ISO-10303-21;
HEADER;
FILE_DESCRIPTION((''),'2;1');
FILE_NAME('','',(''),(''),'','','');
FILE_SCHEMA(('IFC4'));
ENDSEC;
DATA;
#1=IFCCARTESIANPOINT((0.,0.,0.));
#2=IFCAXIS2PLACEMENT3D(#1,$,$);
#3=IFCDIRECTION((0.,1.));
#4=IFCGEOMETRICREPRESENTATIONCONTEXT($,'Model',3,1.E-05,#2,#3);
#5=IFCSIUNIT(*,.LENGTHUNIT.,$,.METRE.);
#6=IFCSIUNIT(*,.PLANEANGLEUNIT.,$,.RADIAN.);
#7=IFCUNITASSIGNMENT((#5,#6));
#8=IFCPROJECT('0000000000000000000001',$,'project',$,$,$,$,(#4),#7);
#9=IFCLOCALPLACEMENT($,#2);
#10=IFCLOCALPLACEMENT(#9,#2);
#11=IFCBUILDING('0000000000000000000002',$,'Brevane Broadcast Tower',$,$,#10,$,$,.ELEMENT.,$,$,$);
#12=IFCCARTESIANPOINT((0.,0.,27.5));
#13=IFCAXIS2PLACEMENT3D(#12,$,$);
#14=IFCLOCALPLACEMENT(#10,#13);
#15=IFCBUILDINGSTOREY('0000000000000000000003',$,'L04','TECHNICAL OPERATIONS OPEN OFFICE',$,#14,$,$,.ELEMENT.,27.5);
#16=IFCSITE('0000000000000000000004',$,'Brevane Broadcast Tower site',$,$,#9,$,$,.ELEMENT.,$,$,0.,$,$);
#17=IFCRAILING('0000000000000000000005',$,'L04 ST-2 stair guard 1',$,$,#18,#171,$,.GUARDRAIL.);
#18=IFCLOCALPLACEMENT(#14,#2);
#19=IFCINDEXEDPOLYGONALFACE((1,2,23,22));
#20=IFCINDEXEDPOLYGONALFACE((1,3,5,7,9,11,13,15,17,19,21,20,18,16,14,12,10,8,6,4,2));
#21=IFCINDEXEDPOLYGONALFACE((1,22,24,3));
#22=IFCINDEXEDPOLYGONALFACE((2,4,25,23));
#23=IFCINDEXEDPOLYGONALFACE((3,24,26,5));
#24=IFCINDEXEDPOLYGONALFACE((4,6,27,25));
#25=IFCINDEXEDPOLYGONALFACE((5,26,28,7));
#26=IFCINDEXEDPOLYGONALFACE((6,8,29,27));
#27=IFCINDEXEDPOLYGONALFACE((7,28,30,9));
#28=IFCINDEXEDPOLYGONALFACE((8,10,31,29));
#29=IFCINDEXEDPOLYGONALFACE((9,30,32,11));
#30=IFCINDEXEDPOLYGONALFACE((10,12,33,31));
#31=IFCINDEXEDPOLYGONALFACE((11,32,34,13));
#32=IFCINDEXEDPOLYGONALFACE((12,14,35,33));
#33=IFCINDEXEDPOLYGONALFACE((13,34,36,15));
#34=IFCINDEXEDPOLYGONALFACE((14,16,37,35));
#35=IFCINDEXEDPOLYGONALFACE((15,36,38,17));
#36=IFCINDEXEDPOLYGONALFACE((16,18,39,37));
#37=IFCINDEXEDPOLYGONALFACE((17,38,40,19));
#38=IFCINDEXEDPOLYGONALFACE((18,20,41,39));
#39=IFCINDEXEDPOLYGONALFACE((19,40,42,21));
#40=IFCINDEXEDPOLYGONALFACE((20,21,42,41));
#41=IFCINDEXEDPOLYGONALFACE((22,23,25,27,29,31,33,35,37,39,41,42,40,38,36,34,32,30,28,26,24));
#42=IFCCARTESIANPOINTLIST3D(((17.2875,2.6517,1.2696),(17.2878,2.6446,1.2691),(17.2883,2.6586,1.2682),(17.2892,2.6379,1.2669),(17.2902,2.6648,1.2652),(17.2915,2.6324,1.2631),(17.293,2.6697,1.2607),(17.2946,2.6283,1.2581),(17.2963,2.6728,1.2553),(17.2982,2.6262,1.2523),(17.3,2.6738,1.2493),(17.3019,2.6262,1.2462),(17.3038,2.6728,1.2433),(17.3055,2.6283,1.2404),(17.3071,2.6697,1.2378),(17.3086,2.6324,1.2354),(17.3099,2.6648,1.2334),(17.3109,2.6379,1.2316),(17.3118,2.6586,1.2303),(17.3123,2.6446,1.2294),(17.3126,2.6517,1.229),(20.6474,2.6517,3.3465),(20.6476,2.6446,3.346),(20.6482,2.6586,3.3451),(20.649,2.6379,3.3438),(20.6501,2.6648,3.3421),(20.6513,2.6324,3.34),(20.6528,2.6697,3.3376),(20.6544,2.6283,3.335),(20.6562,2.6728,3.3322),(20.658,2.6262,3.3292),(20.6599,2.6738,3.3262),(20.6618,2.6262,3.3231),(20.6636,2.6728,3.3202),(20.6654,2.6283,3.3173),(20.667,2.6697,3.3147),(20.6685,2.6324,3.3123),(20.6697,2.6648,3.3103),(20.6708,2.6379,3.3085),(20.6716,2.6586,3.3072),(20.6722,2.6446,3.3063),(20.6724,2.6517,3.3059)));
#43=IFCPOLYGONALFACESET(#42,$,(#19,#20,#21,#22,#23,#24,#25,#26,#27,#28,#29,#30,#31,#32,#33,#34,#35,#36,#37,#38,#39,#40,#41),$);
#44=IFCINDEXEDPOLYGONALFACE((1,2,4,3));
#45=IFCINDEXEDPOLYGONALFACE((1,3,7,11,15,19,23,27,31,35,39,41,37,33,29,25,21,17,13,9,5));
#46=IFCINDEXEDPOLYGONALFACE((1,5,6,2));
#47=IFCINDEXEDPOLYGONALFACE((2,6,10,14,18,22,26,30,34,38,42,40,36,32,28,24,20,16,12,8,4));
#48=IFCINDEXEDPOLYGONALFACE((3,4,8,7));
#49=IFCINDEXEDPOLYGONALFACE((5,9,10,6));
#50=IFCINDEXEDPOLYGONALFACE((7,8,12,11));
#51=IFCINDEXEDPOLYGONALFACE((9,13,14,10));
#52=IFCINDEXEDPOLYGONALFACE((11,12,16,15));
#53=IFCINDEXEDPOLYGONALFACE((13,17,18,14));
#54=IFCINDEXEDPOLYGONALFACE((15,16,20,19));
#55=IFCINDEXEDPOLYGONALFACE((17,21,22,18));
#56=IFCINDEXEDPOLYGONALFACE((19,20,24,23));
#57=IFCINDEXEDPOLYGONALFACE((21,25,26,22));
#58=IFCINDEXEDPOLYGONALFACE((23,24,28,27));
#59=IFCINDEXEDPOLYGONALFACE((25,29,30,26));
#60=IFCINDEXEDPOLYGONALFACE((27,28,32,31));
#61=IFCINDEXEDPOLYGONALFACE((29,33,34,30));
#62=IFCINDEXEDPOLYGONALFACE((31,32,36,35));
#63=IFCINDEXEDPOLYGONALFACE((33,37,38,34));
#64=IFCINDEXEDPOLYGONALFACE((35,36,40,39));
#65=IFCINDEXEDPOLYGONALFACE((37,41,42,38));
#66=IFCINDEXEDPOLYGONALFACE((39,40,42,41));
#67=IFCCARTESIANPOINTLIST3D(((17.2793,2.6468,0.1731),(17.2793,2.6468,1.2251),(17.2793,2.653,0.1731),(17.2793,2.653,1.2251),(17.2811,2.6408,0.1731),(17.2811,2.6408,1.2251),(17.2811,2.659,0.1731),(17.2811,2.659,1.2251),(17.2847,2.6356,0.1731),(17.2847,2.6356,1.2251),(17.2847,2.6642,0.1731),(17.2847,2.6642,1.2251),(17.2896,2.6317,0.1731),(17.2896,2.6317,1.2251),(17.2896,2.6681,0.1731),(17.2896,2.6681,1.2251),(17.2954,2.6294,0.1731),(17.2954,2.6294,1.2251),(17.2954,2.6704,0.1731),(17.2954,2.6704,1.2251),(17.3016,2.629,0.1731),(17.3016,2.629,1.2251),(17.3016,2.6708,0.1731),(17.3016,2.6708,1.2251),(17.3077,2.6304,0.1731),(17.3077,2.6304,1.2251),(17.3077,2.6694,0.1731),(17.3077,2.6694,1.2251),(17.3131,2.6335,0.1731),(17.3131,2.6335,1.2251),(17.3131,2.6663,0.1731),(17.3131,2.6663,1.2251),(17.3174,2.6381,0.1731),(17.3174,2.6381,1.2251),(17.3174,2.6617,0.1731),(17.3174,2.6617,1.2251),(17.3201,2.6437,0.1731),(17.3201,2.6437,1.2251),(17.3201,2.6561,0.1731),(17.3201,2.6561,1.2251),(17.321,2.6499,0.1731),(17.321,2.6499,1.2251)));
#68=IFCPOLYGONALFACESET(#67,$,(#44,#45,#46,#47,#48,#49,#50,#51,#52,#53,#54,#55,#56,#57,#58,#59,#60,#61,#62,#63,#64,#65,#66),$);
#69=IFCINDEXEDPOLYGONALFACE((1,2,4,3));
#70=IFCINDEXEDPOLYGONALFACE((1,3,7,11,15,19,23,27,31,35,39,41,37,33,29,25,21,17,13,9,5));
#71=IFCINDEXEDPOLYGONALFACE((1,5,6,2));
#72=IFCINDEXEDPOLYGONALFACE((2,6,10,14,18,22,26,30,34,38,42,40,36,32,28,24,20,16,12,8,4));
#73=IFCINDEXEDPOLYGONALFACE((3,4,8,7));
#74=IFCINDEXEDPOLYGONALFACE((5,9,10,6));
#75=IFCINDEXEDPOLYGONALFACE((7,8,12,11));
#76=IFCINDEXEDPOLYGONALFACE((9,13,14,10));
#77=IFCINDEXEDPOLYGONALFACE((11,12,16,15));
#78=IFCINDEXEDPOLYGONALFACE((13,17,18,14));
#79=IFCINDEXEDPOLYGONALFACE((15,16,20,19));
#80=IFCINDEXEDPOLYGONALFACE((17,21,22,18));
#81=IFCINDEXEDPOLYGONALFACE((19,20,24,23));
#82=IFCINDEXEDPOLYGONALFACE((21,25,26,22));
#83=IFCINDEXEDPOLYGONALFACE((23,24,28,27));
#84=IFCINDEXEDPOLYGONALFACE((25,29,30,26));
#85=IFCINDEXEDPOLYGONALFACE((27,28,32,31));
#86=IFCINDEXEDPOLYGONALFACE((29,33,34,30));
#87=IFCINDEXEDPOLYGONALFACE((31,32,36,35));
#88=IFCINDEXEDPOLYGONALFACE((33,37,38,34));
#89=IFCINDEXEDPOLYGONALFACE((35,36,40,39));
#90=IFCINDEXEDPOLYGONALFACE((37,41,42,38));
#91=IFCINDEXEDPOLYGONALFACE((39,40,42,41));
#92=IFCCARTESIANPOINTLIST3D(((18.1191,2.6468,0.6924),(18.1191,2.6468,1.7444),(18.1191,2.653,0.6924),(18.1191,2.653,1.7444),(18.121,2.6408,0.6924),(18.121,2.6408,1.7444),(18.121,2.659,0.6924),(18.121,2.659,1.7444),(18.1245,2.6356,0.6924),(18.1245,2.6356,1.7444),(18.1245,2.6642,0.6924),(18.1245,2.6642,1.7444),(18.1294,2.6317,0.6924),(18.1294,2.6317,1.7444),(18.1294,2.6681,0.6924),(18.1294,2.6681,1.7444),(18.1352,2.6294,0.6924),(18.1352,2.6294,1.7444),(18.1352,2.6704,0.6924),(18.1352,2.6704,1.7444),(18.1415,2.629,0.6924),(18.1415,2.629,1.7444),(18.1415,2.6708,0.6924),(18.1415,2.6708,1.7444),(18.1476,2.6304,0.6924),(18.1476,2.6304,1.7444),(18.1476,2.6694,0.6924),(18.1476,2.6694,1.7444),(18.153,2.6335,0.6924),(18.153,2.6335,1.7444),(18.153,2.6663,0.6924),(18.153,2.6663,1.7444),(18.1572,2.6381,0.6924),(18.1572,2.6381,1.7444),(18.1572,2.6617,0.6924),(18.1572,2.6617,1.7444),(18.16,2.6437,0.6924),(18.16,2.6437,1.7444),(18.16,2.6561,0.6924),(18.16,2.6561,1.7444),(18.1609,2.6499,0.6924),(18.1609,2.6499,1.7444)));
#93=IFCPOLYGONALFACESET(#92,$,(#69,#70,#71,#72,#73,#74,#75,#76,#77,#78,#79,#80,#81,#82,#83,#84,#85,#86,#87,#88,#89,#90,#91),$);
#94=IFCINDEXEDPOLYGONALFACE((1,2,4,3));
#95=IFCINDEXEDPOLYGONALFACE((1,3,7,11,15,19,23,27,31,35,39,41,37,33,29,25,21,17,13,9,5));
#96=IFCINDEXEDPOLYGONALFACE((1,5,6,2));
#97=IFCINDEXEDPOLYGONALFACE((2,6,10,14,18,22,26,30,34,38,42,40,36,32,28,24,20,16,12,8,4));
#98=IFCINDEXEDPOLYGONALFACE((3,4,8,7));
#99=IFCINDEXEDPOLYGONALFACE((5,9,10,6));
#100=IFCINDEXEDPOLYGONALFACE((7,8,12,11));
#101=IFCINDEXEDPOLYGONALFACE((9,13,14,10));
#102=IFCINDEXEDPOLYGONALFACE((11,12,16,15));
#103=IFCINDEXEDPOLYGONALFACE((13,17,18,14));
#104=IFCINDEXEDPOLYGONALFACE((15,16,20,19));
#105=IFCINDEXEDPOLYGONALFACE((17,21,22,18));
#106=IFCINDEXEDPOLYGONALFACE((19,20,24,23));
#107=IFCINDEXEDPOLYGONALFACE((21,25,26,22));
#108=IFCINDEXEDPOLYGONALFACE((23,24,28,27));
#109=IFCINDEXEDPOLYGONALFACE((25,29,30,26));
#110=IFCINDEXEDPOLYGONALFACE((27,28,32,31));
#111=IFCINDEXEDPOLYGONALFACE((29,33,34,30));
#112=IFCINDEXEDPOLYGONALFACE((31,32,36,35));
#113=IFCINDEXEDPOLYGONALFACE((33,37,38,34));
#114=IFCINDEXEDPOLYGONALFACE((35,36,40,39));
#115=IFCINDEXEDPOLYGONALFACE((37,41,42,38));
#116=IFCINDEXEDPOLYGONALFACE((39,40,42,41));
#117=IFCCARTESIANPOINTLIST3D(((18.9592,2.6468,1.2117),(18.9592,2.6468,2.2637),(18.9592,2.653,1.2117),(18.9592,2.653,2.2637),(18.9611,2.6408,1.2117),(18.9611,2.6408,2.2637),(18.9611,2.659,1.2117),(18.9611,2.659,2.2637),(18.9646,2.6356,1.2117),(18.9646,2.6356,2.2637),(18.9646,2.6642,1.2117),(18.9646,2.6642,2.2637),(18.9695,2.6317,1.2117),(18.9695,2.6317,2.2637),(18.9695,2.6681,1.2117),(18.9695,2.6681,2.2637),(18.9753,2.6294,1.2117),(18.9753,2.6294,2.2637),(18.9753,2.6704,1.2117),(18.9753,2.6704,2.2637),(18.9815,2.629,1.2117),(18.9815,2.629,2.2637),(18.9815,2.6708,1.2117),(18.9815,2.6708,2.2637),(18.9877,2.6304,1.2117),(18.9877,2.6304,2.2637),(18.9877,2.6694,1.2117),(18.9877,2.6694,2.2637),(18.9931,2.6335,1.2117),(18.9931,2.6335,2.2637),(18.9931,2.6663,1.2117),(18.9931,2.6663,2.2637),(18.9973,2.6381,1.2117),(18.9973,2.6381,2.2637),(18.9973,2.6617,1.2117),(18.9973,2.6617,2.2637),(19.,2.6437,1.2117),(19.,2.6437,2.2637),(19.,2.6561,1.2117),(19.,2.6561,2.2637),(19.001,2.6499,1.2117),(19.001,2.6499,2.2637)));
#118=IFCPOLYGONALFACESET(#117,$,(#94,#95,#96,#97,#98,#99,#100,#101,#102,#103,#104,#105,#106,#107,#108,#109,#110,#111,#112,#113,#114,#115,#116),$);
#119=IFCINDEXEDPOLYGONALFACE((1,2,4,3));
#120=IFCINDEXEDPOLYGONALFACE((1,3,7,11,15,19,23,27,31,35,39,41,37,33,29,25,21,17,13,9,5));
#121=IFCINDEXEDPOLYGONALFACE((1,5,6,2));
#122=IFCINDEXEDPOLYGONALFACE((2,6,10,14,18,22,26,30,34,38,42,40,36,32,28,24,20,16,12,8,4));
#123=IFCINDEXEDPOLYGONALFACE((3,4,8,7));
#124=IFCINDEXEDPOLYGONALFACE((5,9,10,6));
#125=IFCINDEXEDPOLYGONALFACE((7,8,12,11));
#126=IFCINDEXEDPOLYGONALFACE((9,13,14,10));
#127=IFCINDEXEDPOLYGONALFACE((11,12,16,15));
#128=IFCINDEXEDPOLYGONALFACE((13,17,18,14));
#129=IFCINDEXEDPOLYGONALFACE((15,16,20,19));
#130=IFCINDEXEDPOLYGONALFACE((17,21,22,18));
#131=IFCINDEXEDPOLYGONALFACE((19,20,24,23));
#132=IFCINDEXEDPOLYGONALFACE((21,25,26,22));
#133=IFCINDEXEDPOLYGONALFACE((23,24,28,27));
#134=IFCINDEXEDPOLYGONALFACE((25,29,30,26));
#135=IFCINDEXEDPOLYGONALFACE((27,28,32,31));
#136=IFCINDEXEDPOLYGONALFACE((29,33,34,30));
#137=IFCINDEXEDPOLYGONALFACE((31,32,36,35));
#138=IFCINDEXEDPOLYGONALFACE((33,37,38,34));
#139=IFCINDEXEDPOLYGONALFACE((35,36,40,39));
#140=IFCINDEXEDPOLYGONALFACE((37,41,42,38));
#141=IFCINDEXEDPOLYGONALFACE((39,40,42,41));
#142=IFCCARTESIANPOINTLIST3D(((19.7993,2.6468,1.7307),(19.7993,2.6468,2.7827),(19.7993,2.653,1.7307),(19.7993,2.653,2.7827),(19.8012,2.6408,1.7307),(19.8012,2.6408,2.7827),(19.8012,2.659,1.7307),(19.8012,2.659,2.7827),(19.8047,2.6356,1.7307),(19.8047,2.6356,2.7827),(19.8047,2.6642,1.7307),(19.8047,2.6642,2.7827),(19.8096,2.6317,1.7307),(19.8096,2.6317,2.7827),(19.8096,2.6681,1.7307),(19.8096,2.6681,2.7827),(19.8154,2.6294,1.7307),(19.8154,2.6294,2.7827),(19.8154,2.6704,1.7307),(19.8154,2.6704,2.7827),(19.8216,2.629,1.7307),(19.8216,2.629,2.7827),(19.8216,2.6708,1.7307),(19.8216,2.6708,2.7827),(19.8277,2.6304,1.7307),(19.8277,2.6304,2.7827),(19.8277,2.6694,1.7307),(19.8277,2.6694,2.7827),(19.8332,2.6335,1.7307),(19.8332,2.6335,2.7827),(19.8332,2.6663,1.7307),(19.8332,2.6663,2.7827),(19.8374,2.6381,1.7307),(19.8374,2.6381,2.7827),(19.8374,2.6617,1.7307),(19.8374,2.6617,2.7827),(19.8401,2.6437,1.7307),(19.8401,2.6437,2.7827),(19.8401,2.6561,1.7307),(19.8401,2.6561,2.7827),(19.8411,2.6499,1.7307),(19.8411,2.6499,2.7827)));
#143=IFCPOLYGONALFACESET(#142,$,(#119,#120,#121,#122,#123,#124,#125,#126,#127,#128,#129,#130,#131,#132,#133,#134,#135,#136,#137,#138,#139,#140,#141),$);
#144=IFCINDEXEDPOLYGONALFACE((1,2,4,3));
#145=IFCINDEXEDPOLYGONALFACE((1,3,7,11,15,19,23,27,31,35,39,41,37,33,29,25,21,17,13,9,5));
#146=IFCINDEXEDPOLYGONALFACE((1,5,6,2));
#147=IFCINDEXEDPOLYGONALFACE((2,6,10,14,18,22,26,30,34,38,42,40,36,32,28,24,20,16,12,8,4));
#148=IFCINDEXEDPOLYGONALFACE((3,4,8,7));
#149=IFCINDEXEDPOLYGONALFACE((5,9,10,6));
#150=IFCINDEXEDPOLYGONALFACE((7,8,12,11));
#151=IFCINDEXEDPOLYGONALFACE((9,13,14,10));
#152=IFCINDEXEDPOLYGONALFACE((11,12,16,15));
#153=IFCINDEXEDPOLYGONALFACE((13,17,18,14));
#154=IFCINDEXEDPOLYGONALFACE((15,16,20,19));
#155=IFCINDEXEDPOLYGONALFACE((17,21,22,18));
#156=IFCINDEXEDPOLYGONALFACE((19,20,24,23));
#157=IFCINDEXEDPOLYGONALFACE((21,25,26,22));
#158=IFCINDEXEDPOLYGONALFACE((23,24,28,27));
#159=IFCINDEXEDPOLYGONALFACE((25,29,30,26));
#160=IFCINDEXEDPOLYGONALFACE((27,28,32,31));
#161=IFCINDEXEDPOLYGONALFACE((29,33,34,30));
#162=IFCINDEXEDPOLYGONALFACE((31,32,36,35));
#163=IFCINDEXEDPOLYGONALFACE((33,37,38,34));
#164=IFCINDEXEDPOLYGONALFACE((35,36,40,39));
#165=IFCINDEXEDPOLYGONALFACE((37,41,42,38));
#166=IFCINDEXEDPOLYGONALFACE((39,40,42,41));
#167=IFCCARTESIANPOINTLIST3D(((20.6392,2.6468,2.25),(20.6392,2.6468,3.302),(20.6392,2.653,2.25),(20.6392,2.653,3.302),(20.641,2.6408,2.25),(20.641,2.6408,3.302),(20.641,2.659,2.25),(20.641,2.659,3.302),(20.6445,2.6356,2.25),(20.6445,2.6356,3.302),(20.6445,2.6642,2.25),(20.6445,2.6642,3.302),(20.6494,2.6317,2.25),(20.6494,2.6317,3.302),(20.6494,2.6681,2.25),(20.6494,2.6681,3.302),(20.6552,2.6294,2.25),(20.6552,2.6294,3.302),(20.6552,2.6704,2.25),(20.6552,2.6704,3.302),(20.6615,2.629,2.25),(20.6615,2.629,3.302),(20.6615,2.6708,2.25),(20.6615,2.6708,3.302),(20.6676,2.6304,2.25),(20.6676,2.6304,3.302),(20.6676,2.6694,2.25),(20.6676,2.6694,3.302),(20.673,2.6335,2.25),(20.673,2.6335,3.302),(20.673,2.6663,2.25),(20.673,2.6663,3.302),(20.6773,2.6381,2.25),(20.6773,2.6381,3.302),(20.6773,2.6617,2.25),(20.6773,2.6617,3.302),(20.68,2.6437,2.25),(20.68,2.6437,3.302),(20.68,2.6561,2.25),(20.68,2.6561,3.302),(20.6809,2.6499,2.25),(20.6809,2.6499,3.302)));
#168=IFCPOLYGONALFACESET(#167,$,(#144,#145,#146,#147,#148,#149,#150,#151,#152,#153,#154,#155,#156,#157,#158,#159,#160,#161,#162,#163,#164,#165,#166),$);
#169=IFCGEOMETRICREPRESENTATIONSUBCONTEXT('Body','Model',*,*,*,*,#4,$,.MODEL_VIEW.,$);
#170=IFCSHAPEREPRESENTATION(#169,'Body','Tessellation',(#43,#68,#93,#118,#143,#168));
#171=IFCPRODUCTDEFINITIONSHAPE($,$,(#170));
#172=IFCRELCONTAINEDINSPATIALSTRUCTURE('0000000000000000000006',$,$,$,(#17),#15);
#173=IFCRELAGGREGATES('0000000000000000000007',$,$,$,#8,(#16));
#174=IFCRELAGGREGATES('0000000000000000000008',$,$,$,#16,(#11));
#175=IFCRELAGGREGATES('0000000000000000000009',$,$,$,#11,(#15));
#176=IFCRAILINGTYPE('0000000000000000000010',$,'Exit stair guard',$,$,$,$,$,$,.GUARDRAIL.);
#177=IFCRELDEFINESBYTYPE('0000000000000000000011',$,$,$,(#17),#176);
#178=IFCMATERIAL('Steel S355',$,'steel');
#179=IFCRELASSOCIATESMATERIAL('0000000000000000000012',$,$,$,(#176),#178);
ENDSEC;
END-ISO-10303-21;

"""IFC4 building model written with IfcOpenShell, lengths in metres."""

from ifc_helpers import new_model, si_unit, direction, frame, origin, origin_2d, place, context, subcontext, project, spatial, circle, extrude, material, type_object, element, save


model = new_model("IFC4")

# Units and contexts
model_context = context("Model", 3, precision=1e-05, world=origin(), true_north=direction((0.0, 1.0)))
body_context = subcontext(model_context, "Body", "Model", "MODEL_VIEW")
ifc_project = project(units=[si_unit("LENGTHUNIT", "METRE"), si_unit("PLANEANGLEUNIT", "RADIAN")], contexts=[model_context])

# Site, building, storey
site_placement = place(None, origin())
site = spatial("IfcSite", under=ifc_project, at=site_placement, Name="Brevane Broadcast Tower site", CompositionType="ELEMENT", RefElevation=0.0)
building_placement = place(site_placement, origin())
building = spatial("IfcBuilding", under=site, at=building_placement, Name="Brevane Broadcast Tower", CompositionType="ELEMENT")
storey_placement = place(building_placement, frame((0.0, 0.0, 27.5)))
storey = spatial("IfcBuildingStorey", under=building, at=storey_placement, Name="L04", Description="TECHNICAL OPERATIONS OPEN OFFICE", CompositionType="ELEMENT", Elevation=27.5)

# Railing
ifc_material_1 = material(Name="Steel S355", Category="steel")
railing_type_1 = type_object("IfcRailingType", Name="Exit stair guard", PredefinedType="GUARDRAIL", material=ifc_material_1)
railing_1_placement = place(storey_placement, frame((17.3, 2.6499, 0.1731)))
element("IfcRailing", 1, at=railing_1_placement, inside=storey, type_object=railing_type_1, Name="L04 ST-2 stair guard 1", PredefinedType="GUARDRAIL", context=body_context, shape_type="SweptSolid", body=[
    extrude(circle(Radius=0.0239, at=origin_2d()), frame((0.0, 0.0, 1.0762), z_axis=(0.850606, 0.0, 0.525803), x_axis=(0.0, 1.0, 0.0)), (0.0, 0.0, 1.0), 3.95),
    extrude(circle(Radius=0.021, at=origin_2d()), origin(), (0.0, 0.0, 1.0), 1.052),
    extrude(circle(Radius=0.021, at=origin_2d()), frame((0.8398, 0.0, 0.5193)), (0.0, 0.0, 1.0), 1.052),
    extrude(circle(Radius=0.021, at=origin_2d()), frame((1.6799, 0.0, 1.0386)), (0.0, 0.0, 1.0), 1.052),
    extrude(circle(Radius=0.021, at=origin_2d()), frame((2.52, 0.0, 1.5576)), (0.0, 0.0, 1.0), 1.052),
    extrude(circle(Radius=0.021, at=origin_2d()), frame((3.3599, 0.0, 2.0769)), (0.0, 0.0, 1.0), 1.052),
])

save(model, "model.ifc")
